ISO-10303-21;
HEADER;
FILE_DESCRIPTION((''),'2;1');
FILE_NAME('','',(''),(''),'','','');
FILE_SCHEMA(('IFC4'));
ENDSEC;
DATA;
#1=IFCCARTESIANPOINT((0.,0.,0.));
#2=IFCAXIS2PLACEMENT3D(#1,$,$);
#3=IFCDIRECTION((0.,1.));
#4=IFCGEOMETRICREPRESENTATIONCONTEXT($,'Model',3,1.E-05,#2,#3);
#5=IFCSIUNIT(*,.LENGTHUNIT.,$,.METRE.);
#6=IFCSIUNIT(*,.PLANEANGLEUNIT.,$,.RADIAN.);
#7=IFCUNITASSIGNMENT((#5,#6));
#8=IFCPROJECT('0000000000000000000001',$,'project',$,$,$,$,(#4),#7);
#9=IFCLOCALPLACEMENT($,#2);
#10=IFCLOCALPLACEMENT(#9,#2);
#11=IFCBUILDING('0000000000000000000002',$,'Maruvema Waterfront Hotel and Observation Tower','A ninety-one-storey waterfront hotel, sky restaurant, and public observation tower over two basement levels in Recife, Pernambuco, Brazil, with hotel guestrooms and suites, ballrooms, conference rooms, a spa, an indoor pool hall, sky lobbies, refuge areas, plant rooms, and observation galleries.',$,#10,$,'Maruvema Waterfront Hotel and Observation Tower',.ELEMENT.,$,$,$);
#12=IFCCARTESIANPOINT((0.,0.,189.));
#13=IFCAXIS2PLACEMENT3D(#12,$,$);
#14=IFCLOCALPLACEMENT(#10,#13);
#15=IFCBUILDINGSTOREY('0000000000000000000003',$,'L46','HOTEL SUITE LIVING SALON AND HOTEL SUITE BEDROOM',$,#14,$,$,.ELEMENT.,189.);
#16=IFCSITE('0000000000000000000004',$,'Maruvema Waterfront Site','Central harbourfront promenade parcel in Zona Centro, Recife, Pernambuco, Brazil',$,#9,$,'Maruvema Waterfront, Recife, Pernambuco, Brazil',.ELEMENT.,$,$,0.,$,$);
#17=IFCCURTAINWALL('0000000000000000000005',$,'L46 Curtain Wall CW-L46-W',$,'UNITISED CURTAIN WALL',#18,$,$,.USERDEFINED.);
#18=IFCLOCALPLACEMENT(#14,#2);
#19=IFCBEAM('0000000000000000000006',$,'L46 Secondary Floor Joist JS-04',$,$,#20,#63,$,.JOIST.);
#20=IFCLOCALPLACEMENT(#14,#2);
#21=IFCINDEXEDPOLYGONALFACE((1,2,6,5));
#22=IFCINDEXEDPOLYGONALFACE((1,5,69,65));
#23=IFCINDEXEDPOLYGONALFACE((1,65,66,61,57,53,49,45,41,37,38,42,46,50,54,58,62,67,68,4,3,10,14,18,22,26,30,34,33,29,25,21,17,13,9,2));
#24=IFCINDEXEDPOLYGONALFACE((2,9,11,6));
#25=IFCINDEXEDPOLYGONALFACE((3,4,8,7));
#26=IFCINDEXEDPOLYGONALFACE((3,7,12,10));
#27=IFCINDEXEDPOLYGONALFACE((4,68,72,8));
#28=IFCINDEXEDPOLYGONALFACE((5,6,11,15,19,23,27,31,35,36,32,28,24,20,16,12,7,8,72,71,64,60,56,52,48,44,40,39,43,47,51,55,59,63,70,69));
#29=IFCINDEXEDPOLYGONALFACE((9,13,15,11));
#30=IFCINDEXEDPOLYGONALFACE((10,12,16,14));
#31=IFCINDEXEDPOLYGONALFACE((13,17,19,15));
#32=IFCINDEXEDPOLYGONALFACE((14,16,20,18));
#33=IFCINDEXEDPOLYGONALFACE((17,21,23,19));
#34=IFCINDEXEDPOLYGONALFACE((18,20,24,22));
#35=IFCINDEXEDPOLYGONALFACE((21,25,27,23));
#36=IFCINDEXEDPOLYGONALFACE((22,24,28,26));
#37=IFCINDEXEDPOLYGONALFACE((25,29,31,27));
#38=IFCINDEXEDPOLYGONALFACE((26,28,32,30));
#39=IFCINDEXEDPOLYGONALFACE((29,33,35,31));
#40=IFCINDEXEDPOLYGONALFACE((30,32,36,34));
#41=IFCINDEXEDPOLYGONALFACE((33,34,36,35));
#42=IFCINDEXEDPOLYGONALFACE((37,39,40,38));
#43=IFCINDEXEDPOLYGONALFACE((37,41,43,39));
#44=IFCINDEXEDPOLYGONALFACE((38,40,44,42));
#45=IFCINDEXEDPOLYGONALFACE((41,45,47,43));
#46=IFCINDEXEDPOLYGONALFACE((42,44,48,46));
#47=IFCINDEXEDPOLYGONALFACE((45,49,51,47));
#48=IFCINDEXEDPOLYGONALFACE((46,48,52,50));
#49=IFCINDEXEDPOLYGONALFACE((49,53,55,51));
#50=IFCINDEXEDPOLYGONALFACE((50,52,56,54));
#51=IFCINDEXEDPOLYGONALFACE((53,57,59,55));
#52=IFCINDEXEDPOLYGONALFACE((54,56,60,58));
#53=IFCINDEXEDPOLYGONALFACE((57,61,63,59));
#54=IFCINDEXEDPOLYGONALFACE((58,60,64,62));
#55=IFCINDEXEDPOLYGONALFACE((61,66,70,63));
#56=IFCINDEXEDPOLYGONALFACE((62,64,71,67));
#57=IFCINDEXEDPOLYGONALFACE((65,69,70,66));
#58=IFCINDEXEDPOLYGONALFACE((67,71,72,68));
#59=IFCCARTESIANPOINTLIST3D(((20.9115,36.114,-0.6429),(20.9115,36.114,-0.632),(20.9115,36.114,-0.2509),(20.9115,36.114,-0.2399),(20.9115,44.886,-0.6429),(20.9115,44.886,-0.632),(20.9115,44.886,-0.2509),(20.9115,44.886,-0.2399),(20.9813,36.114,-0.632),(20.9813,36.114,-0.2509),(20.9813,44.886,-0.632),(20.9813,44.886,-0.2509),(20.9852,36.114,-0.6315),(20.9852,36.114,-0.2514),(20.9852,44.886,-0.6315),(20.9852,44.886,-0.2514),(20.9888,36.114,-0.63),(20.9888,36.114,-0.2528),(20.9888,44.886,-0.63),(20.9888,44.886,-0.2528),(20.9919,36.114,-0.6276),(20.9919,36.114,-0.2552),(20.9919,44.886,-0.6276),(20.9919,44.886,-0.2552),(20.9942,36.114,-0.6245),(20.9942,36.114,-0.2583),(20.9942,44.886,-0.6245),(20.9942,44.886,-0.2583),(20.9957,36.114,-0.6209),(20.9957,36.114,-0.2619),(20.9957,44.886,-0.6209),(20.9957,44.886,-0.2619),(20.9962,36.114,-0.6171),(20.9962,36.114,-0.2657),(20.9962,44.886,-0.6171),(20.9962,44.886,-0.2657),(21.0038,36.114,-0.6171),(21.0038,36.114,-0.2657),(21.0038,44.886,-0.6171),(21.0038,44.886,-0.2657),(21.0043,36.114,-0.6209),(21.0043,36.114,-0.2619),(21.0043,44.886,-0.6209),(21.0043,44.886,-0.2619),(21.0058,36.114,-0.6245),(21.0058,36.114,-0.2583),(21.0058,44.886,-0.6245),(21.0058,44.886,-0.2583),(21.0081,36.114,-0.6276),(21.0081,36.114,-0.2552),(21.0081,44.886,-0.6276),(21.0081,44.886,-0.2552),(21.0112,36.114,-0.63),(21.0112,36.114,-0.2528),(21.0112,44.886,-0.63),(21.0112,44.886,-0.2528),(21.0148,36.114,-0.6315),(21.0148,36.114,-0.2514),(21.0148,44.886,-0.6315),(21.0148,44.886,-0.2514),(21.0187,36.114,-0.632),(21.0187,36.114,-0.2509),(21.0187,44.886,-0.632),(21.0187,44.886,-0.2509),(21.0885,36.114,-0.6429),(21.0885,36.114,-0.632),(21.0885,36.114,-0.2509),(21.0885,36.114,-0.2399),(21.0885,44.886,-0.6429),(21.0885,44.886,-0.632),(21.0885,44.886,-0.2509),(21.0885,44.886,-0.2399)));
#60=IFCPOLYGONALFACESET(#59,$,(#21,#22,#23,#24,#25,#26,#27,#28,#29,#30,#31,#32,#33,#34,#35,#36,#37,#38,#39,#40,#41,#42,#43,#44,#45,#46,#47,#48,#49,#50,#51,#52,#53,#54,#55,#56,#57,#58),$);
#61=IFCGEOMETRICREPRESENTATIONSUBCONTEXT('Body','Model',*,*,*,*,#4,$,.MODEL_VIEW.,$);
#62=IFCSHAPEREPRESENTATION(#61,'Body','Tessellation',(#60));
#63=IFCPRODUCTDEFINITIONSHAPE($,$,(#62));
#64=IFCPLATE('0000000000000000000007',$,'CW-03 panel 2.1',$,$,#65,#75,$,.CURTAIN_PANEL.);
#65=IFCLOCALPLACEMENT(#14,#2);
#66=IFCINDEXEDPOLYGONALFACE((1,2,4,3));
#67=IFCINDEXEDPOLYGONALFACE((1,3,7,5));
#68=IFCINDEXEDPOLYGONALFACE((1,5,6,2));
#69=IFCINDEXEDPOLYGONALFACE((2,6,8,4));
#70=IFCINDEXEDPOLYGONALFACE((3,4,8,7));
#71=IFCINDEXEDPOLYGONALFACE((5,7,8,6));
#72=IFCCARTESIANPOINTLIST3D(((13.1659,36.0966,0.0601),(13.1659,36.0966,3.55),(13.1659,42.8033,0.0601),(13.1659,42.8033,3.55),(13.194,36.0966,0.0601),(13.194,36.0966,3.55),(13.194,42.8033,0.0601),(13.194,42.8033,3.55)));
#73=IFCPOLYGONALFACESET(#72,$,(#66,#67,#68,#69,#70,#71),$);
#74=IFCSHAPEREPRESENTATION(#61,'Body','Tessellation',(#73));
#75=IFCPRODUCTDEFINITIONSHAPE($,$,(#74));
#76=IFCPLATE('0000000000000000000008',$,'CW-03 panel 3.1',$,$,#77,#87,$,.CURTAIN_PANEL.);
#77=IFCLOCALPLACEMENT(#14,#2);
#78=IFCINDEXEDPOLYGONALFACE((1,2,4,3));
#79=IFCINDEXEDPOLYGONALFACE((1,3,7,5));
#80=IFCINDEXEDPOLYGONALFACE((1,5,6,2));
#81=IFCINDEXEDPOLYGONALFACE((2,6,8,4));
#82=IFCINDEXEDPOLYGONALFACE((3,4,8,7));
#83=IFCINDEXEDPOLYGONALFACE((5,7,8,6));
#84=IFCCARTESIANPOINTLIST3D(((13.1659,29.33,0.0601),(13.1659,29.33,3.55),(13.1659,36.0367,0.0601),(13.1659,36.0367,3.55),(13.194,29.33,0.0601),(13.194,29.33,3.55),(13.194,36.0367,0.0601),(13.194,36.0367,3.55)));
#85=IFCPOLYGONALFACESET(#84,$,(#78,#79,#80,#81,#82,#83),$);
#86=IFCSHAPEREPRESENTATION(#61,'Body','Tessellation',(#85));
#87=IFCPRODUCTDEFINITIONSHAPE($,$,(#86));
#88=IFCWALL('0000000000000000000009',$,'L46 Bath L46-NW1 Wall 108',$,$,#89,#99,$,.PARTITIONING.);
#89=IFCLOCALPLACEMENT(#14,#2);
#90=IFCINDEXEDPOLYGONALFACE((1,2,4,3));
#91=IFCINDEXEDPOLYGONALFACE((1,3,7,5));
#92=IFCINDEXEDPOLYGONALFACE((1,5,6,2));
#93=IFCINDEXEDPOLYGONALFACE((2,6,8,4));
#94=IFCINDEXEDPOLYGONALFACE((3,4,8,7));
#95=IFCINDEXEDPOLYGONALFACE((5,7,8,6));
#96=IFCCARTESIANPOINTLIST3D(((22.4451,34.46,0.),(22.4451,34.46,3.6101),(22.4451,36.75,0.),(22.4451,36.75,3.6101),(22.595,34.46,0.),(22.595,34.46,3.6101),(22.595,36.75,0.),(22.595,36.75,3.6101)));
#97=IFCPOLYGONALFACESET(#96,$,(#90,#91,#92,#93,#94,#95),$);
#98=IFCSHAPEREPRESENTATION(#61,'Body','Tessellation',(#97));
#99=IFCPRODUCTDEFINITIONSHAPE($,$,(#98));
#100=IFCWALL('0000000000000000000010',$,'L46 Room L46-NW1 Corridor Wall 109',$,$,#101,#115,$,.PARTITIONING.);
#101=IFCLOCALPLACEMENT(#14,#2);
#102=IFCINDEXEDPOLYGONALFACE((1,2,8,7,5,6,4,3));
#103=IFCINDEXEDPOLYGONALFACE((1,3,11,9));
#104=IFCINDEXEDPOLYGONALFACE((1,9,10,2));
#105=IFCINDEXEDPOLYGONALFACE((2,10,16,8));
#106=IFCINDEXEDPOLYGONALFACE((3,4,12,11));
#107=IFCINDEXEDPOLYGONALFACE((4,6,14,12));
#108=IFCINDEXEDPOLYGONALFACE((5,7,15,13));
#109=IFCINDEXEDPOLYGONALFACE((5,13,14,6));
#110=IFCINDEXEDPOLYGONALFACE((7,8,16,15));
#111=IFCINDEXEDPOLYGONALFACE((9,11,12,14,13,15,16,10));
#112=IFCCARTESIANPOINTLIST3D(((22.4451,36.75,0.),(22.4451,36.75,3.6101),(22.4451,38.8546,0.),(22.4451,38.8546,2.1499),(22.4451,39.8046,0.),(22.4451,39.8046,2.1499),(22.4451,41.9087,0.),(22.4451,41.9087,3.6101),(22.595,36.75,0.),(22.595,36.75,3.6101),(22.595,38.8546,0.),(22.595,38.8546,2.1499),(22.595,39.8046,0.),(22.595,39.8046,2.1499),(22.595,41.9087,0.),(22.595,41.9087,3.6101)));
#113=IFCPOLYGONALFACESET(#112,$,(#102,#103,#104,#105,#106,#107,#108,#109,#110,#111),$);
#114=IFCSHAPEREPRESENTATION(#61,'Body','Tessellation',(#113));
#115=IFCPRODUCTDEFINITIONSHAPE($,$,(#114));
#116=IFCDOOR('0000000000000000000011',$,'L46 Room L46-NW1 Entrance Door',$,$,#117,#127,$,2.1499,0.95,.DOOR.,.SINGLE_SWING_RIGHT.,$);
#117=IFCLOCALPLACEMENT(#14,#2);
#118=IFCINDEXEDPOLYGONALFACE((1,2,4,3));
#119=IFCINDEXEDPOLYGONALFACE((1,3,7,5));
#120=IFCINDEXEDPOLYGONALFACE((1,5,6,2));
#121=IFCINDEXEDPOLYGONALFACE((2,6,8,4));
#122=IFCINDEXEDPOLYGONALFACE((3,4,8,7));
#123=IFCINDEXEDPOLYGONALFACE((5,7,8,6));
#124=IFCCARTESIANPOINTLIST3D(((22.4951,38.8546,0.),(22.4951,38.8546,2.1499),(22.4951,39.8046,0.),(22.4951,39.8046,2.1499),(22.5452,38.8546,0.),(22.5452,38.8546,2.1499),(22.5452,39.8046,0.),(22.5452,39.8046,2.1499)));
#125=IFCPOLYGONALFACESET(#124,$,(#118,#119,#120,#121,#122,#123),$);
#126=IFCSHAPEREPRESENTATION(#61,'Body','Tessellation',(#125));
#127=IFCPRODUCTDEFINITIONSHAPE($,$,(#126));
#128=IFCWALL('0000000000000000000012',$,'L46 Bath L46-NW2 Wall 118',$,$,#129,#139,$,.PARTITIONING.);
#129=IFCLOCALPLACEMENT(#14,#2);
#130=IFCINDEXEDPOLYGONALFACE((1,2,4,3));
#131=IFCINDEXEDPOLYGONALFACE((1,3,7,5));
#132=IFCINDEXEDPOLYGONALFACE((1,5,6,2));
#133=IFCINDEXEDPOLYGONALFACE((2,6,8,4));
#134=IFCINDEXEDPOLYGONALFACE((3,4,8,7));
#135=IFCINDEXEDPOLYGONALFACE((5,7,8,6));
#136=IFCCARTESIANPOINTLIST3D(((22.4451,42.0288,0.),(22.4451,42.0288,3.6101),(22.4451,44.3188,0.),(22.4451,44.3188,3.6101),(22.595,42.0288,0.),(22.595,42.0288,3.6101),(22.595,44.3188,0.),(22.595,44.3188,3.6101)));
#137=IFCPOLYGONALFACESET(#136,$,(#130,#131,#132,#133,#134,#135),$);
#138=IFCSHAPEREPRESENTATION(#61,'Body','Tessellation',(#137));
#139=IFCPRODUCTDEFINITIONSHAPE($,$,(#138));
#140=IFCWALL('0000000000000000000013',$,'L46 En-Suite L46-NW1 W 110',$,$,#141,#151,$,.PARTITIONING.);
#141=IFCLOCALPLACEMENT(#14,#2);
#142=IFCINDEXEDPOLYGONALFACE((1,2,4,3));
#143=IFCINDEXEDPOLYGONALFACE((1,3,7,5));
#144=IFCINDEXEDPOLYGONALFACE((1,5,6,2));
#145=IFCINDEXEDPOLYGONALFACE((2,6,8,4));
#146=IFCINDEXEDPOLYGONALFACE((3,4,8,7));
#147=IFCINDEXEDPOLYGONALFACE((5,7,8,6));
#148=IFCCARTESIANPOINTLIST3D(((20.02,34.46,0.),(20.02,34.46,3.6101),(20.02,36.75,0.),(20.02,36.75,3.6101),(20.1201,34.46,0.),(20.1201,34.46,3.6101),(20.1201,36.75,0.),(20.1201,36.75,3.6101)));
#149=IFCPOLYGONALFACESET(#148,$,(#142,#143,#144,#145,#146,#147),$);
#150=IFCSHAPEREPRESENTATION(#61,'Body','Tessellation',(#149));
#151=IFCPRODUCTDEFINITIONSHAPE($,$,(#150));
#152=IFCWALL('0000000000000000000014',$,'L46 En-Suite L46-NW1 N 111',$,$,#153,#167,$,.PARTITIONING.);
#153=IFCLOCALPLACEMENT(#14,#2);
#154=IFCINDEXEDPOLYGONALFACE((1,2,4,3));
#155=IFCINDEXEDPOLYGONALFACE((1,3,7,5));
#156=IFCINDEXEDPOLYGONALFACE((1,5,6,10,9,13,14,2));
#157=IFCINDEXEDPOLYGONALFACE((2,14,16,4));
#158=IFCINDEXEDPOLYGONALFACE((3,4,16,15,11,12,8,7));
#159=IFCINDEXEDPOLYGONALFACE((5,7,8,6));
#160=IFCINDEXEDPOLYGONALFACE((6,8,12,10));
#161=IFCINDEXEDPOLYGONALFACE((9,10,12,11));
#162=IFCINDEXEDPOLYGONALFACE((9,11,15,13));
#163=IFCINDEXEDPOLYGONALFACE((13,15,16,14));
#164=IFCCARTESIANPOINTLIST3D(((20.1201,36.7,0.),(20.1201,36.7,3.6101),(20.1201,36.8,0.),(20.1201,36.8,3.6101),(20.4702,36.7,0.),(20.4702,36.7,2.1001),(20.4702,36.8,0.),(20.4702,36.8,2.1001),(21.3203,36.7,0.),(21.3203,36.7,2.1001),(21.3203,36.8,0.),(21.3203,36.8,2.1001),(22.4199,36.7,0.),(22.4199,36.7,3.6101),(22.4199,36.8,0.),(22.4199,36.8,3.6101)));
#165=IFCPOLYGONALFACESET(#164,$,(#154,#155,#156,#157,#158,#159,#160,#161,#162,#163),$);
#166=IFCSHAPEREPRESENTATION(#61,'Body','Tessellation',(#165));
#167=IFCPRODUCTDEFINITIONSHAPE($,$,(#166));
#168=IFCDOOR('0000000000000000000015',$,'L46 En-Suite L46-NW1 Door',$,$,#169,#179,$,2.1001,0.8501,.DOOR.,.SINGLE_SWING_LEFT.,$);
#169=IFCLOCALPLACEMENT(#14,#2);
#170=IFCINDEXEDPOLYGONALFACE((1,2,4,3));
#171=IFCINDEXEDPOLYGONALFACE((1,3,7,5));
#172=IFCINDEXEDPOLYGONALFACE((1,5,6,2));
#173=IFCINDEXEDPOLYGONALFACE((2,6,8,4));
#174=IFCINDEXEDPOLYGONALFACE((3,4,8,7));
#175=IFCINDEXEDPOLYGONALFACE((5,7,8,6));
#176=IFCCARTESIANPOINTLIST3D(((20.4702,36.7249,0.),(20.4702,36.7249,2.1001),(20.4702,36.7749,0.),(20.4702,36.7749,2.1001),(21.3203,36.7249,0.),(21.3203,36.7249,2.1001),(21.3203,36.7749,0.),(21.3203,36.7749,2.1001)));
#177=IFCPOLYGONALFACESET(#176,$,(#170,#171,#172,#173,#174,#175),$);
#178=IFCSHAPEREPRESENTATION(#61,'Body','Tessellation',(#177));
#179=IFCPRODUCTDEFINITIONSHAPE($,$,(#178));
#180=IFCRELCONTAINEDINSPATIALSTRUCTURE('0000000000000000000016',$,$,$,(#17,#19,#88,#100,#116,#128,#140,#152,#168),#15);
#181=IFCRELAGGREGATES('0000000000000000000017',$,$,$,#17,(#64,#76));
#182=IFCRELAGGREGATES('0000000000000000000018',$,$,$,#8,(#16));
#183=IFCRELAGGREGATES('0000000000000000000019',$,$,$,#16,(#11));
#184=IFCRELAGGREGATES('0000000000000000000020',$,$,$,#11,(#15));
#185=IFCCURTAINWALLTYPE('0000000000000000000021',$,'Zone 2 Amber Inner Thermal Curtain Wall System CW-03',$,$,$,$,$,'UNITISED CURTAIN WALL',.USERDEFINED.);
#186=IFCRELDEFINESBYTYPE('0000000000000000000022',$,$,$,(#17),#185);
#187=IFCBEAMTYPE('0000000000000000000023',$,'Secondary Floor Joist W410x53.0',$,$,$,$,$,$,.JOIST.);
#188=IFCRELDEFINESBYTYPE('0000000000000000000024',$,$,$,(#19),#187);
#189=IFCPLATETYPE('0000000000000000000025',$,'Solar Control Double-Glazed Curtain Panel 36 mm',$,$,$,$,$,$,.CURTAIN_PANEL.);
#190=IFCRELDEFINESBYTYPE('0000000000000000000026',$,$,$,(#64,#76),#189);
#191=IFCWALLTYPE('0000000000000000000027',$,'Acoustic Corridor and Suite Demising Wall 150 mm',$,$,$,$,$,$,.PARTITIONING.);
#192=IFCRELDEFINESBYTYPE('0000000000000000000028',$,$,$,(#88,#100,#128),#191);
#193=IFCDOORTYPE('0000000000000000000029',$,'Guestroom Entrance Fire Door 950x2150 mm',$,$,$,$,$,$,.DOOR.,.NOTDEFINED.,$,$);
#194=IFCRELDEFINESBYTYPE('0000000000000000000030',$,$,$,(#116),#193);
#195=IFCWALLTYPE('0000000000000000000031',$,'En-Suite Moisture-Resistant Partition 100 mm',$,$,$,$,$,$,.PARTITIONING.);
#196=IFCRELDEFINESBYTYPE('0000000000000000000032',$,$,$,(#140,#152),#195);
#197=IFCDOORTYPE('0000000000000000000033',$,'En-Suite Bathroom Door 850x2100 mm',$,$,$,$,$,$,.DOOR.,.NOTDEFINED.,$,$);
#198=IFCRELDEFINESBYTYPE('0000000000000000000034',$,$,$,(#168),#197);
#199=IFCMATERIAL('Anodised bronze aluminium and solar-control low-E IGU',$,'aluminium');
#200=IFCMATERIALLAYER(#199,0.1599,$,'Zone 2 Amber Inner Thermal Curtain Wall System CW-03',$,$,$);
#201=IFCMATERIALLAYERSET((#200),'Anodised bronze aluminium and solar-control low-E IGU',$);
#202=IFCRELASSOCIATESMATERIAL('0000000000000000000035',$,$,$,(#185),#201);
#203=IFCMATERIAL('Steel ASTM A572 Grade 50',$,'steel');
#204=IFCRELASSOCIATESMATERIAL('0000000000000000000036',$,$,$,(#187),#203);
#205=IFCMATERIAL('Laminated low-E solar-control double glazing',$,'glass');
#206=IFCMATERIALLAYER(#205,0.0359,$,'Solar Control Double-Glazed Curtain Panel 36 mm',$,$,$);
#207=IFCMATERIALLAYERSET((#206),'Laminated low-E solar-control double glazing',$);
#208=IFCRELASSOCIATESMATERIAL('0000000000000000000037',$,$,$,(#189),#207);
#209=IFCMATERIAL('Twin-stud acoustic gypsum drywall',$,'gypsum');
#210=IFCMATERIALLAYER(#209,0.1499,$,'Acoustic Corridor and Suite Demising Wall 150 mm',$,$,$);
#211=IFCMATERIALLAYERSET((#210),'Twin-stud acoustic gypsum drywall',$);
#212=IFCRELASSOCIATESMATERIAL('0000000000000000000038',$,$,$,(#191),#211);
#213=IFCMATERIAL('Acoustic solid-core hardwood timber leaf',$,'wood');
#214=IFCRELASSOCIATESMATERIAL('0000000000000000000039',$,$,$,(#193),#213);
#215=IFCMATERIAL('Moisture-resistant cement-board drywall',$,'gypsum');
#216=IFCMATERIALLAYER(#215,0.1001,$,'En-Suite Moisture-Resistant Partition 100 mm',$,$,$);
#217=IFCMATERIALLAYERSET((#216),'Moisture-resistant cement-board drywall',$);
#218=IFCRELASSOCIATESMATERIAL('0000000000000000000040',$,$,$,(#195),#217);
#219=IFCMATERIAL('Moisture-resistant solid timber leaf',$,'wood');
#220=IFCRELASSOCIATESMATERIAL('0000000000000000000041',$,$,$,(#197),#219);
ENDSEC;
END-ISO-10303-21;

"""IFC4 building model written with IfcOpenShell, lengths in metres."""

from ifc_helpers import new_model, si_unit, direction, frame, frame_2d, origin, origin_2d, place, context, subcontext, project, spatial, rectangle, i_section, extrude, material, layer, layer_set, material_profile, profile_set, type_object, element, fill, aggregate, save


model = new_model("IFC4")

# Units and contexts
model_context = context("Model", 3, precision=1e-05, world=origin(), true_north=direction((0.0, 1.0)))
body_context = subcontext(model_context, "Body", "Model", "MODEL_VIEW")
ifc_project = project(units=[si_unit("LENGTHUNIT", "METRE"), si_unit("PLANEANGLEUNIT", "RADIAN")], contexts=[model_context])

# Site, building, storey
site_placement = place(None, origin())
site = spatial("IfcSite", under=ifc_project, at=site_placement, Name="Maruvema Waterfront Site", Description="Central harbourfront promenade parcel in Zona Centro, Recife, Pernambuco, Brazil", LongName="Maruvema Waterfront, Recife, Pernambuco, Brazil", CompositionType="ELEMENT", RefElevation=0.0)
building_placement = place(site_placement, origin())
building = spatial("IfcBuilding", under=site, at=building_placement, Name="Maruvema Waterfront Hotel and Observation Tower", Description="A ninety-one-storey waterfront hotel, sky restaurant, and public observation tower over two basement levels in Recife, Pernambuco, Brazil, with hotel guestrooms and suites, ballrooms, conference rooms, a spa, an indoor pool hall, sky lobbies, refuge areas, plant rooms, and observation galleries.", LongName="Maruvema Waterfront Hotel and Observation Tower", CompositionType="ELEMENT")
storey_placement = place(building_placement, frame((0.0, 0.0, 189.0)))
storey = spatial("IfcBuildingStorey", under=building, at=storey_placement, Name="L46", Description="HOTEL SUITE LIVING SALON AND HOTEL SUITE BEDROOM", CompositionType="ELEMENT", Elevation=189.0)

# Curtain wall
ifc_material_1 = material(Name="Anodised bronze aluminium and solar-control low-E IGU", Category="aluminium")
ifc_layer_1 = layer(ifc_material_1, 0.1599, Name="Zone 2 Amber Inner Thermal Curtain Wall System CW-03")
ifc_layer_set_1 = layer_set([ifc_layer_1], Name="Anodised bronze aluminium and solar-control low-E IGU")
curtain_wall_type = type_object("IfcCurtainWallType", Name="Zone 2 Amber Inner Thermal Curtain Wall System CW-03", ElementType="UNITISED CURTAIN WALL", PredefinedType="USERDEFINED", material=ifc_layer_set_1)
curtain_wall_placement = place(storey_placement, origin())
curtain_wall = element("IfcCurtainWall", 1, at=curtain_wall_placement, inside=storey, type_object=curtain_wall_type, Name="L46 Curtain Wall CW-L46-W", ObjectType="UNITISED CURTAIN WALL", PredefinedType="USERDEFINED")

# Beam
ifc_material_2 = material(Name="Steel ASTM A572 Grade 50", Category="steel")
ifc_material_profile_1 = material_profile(ifc_material_2, i_section(OverallWidth=0.177, OverallDepth=0.4031, WebThickness=0.0076, FlangeThickness=0.011, FilletRadius=0.0149, at=origin_2d()), Name="W410x53.0")
ifc_profile_set_1 = profile_set([ifc_material_profile_1], Name="Steel ASTM A572 Grade 50")
beam_type_1 = type_object("IfcBeamType", Name="Secondary Floor Joist W410x53.0", PredefinedType="JOIST", material=ifc_profile_set_1)
beam_1_placement = place(storey_placement, frame((21.0, 36.114, -0.4414), z_axis=(0.0, 1.0, 0.0), x_axis=(-1.0, 0.0, 0.0)))
element("IfcBeam", 2, at=beam_1_placement, inside=storey, type_object=beam_type_1, Name="L46 Secondary Floor Joist JS-04", PredefinedType="JOIST", context=body_context, shape_type="SweptSolid", body=[
    extrude(i_section(OverallWidth=0.177, OverallDepth=0.4031, WebThickness=0.0076, FlangeThickness=0.011, FilletRadius=0.0149, at=origin_2d()), origin(), (0.0, 0.0, 1.0), 8.772),
])

# Plates
ifc_material_3 = material(Name="Laminated low-E solar-control double glazing", Category="glass")
ifc_layer_2 = layer(ifc_material_3, 0.0359, Name="Solar Control Double-Glazed Curtain Panel 36 mm")
ifc_layer_set_2 = layer_set([ifc_layer_2], Name="Laminated low-E solar-control double glazing")
plate_type = type_object("IfcPlateType", Name="Solar Control Double-Glazed Curtain Panel 36 mm", PredefinedType="CURTAIN_PANEL", material=ifc_layer_set_2)
plate_1_placement = place(storey_placement, frame((13.1799, 39.45, 0.0601), z_axis=(0.0, 0.0, 1.0), x_axis=(0.0, -1.0, 0.0)))
plate_1 = element("IfcPlate", 3, at=plate_1_placement, type_object=plate_type, Name="CW-03 panel 2.1", PredefinedType="CURTAIN_PANEL", context=body_context, shape_type="SweptSolid", body=[
    extrude(rectangle(XDim=6.7068, YDim=0.0281, at=origin_2d()), origin(), (0.0, 0.0, 1.0), 3.49),
])
plate_2_placement = place(storey_placement, frame((13.1799, 32.6833, 0.0601), z_axis=(0.0, 0.0, 1.0), x_axis=(0.0, -1.0, 0.0)))
plate_2 = element("IfcPlate", 4, at=plate_2_placement, type_object=plate_type, Name="CW-03 panel 3.1", PredefinedType="CURTAIN_PANEL", context=body_context, shape_type="SweptSolid", body=[
    extrude(rectangle(XDim=6.7068, YDim=0.0281, at=origin_2d()), origin(), (0.0, 0.0, 1.0), 3.49),
])
aggregate(curtain_wall, [plate_1, plate_2])

# Wall
ifc_material_4 = material(Name="Twin-stud acoustic gypsum drywall", Category="gypsum")
ifc_layer_3 = layer(ifc_material_4, 0.1499, Name="Acoustic Corridor and Suite Demising Wall 150 mm")
ifc_layer_set_3 = layer_set([ifc_layer_3], Name="Twin-stud acoustic gypsum drywall")
wall_type_1 = type_object("IfcWallType", Name="Acoustic Corridor and Suite Demising Wall 150 mm", PredefinedType="PARTITIONING", material=ifc_layer_set_3)
wall_1_placement = place(storey_placement, frame((22.52, 34.46, 0.0), z_axis=(0.0, 0.0, 1.0), x_axis=(0.0, 1.0, 0.0)))
element("IfcWall", 5, at=wall_1_placement, inside=storey, type_object=wall_type_1, Name="L46 Bath L46-NW1 Wall 108", PredefinedType="PARTITIONING", context=body_context, shape_type="SweptSolid", body=[
    extrude(rectangle(XDim=2.29, YDim=0.1499, at=frame_2d((1.145, 0.0))), origin(), (0.0, 0.0, 1.0), 3.6101),
])

# Wall, opening, door
wall_2_placement = place(storey_placement, frame((22.52, 36.75, 0.0), z_axis=(0.0, 0.0, 1.0), x_axis=(0.0, 1.0, 0.0)))
wall_2 = element("IfcWall", 6, at=wall_2_placement, inside=storey, type_object=wall_type_1, Name="L46 Room L46-NW1 Corridor Wall 109", PredefinedType="PARTITIONING", context=body_context, shape_type="SweptSolid", body=[
    extrude(rectangle(XDim=5.1587, YDim=0.1499, at=frame_2d((2.5793, 0.0))), origin(), (0.0, 0.0, 1.0), 3.6101),
])
opening_1_placement = place(wall_2_placement, frame((2.1045, 0.0, 0.0)))
opening_1 = element("IfcOpeningElement", 7, at=opening_1_placement, cuts=wall_2, PredefinedType="OPENING", context=body_context, shape_type="SweptSolid", body=[
    extrude(rectangle(XDim=0.95, YDim=2.1499, at=frame_2d((0.4751, 1.075))), frame((0.0, 0.085, 0.0), z_axis=(0.0, -1.0, 0.0), x_axis=(1.0, 0.0, 0.0)), (0.0, 0.0, 1.0), 0.1699),
])
ifc_material_5 = material(Name="Acoustic solid-core hardwood timber leaf", Category="wood")
door_type_1 = type_object("IfcDoorType", Name="Guestroom Entrance Fire Door 950x2150 mm", OperationType="NOTDEFINED", PredefinedType="DOOR", material=ifc_material_5)
door_1_placement = place(opening_1_placement, origin())
door_1 = element("IfcDoor", 8, at=door_1_placement, inside=storey, type_object=door_type_1, Name="L46 Room L46-NW1 Entrance Door", OperationType="SINGLE_SWING_RIGHT", OverallHeight=2.1499, OverallWidth=0.95, PredefinedType="DOOR", context=body_context, shape_type="SweptSolid", body=[
    extrude(rectangle(XDim=0.95, YDim=2.1499, at=frame_2d((0.4751, 1.075))), frame((0.0, 0.0249, 0.0), z_axis=(0.0, -1.0, 0.0), x_axis=(1.0, 0.0, 0.0)), (0.0, 0.0, 1.0), 0.05),
])
fill(opening_1, door_1)

# Walls
wall_3_placement = place(storey_placement, frame((22.52, 42.0288, 0.0), z_axis=(0.0, 0.0, 1.0), x_axis=(0.0, 1.0, 0.0)))
element("IfcWall", 9, at=wall_3_placement, inside=storey, type_object=wall_type_1, Name="L46 Bath L46-NW2 Wall 118", PredefinedType="PARTITIONING", context=body_context, shape_type="SweptSolid", body=[
    extrude(rectangle(XDim=2.29, YDim=0.1499, at=frame_2d((1.145, 0.0))), origin(), (0.0, 0.0, 1.0), 3.6101),
])
ifc_material_6 = material(Name="Moisture-resistant cement-board drywall", Category="gypsum")
ifc_layer_4 = layer(ifc_material_6, 0.1001, Name="En-Suite Moisture-Resistant Partition 100 mm")
ifc_layer_set_4 = layer_set([ifc_layer_4], Name="Moisture-resistant cement-board drywall")
wall_type_2 = type_object("IfcWallType", Name="En-Suite Moisture-Resistant Partition 100 mm", PredefinedType="PARTITIONING", material=ifc_layer_set_4)
wall_4_placement = place(storey_placement, frame((20.0701, 34.46, 0.0), z_axis=(0.0, 0.0, 1.0), x_axis=(0.0, 1.0, 0.0)))
element("IfcWall", 10, at=wall_4_placement, inside=storey, type_object=wall_type_2, Name="L46 En-Suite L46-NW1 W 110", PredefinedType="PARTITIONING", context=body_context, shape_type="SweptSolid", body=[
    extrude(rectangle(XDim=2.29, YDim=0.1001, at=frame_2d((1.145, 0.0))), origin(), (0.0, 0.0, 1.0), 3.6101),
])

# Wall, opening, door
wall_5_placement = place(storey_placement, frame((20.1201, 36.75, 0.0), z_axis=(0.0, 0.0, 1.0), x_axis=(1.0, 0.0, 0.0)))
wall_5 = element("IfcWall", 11, at=wall_5_placement, inside=storey, type_object=wall_type_2, Name="L46 En-Suite L46-NW1 N 111", PredefinedType="PARTITIONING", context=body_context, shape_type="SweptSolid", body=[
    extrude(rectangle(XDim=2.2998, YDim=0.1001, at=frame_2d((1.1499, 0.0))), origin(), (0.0, 0.0, 1.0), 3.6101),
])
opening_2_placement = place(wall_5_placement, frame((0.3501, 0.0, 0.0)))
opening_2 = element("IfcOpeningElement", 12, at=opening_2_placement, cuts=wall_5, PredefinedType="OPENING", context=body_context, shape_type="SweptSolid", body=[
    extrude(rectangle(XDim=0.8501, YDim=2.1001, at=frame_2d((0.425, 1.05))), frame((0.0, 0.0601, 0.0), z_axis=(0.0, -1.0, 0.0), x_axis=(1.0, 0.0, 0.0)), (0.0, 0.0, 1.0), 0.1201),
])
ifc_material_7 = material(Name="Moisture-resistant solid timber leaf", Category="wood")
door_type_2 = type_object("IfcDoorType", Name="En-Suite Bathroom Door 850x2100 mm", OperationType="NOTDEFINED", PredefinedType="DOOR", material=ifc_material_7)
door_2_placement = place(opening_2_placement, origin())
door_2 = element("IfcDoor", 13, at=door_2_placement, inside=storey, type_object=door_type_2, Name="L46 En-Suite L46-NW1 Door", OperationType="SINGLE_SWING_LEFT", OverallHeight=2.1001, OverallWidth=0.8501, PredefinedType="DOOR", context=body_context, shape_type="SweptSolid", body=[
    extrude(rectangle(XDim=0.8501, YDim=2.1001, at=frame_2d((0.425, 1.05))), frame((0.0, 0.0249, 0.0), z_axis=(0.0, -1.0, 0.0), x_axis=(1.0, 0.0, 0.0)), (0.0, 0.0, 1.0), 0.05),
])
fill(opening_2, door_2)

save(model, "model.ifc")
